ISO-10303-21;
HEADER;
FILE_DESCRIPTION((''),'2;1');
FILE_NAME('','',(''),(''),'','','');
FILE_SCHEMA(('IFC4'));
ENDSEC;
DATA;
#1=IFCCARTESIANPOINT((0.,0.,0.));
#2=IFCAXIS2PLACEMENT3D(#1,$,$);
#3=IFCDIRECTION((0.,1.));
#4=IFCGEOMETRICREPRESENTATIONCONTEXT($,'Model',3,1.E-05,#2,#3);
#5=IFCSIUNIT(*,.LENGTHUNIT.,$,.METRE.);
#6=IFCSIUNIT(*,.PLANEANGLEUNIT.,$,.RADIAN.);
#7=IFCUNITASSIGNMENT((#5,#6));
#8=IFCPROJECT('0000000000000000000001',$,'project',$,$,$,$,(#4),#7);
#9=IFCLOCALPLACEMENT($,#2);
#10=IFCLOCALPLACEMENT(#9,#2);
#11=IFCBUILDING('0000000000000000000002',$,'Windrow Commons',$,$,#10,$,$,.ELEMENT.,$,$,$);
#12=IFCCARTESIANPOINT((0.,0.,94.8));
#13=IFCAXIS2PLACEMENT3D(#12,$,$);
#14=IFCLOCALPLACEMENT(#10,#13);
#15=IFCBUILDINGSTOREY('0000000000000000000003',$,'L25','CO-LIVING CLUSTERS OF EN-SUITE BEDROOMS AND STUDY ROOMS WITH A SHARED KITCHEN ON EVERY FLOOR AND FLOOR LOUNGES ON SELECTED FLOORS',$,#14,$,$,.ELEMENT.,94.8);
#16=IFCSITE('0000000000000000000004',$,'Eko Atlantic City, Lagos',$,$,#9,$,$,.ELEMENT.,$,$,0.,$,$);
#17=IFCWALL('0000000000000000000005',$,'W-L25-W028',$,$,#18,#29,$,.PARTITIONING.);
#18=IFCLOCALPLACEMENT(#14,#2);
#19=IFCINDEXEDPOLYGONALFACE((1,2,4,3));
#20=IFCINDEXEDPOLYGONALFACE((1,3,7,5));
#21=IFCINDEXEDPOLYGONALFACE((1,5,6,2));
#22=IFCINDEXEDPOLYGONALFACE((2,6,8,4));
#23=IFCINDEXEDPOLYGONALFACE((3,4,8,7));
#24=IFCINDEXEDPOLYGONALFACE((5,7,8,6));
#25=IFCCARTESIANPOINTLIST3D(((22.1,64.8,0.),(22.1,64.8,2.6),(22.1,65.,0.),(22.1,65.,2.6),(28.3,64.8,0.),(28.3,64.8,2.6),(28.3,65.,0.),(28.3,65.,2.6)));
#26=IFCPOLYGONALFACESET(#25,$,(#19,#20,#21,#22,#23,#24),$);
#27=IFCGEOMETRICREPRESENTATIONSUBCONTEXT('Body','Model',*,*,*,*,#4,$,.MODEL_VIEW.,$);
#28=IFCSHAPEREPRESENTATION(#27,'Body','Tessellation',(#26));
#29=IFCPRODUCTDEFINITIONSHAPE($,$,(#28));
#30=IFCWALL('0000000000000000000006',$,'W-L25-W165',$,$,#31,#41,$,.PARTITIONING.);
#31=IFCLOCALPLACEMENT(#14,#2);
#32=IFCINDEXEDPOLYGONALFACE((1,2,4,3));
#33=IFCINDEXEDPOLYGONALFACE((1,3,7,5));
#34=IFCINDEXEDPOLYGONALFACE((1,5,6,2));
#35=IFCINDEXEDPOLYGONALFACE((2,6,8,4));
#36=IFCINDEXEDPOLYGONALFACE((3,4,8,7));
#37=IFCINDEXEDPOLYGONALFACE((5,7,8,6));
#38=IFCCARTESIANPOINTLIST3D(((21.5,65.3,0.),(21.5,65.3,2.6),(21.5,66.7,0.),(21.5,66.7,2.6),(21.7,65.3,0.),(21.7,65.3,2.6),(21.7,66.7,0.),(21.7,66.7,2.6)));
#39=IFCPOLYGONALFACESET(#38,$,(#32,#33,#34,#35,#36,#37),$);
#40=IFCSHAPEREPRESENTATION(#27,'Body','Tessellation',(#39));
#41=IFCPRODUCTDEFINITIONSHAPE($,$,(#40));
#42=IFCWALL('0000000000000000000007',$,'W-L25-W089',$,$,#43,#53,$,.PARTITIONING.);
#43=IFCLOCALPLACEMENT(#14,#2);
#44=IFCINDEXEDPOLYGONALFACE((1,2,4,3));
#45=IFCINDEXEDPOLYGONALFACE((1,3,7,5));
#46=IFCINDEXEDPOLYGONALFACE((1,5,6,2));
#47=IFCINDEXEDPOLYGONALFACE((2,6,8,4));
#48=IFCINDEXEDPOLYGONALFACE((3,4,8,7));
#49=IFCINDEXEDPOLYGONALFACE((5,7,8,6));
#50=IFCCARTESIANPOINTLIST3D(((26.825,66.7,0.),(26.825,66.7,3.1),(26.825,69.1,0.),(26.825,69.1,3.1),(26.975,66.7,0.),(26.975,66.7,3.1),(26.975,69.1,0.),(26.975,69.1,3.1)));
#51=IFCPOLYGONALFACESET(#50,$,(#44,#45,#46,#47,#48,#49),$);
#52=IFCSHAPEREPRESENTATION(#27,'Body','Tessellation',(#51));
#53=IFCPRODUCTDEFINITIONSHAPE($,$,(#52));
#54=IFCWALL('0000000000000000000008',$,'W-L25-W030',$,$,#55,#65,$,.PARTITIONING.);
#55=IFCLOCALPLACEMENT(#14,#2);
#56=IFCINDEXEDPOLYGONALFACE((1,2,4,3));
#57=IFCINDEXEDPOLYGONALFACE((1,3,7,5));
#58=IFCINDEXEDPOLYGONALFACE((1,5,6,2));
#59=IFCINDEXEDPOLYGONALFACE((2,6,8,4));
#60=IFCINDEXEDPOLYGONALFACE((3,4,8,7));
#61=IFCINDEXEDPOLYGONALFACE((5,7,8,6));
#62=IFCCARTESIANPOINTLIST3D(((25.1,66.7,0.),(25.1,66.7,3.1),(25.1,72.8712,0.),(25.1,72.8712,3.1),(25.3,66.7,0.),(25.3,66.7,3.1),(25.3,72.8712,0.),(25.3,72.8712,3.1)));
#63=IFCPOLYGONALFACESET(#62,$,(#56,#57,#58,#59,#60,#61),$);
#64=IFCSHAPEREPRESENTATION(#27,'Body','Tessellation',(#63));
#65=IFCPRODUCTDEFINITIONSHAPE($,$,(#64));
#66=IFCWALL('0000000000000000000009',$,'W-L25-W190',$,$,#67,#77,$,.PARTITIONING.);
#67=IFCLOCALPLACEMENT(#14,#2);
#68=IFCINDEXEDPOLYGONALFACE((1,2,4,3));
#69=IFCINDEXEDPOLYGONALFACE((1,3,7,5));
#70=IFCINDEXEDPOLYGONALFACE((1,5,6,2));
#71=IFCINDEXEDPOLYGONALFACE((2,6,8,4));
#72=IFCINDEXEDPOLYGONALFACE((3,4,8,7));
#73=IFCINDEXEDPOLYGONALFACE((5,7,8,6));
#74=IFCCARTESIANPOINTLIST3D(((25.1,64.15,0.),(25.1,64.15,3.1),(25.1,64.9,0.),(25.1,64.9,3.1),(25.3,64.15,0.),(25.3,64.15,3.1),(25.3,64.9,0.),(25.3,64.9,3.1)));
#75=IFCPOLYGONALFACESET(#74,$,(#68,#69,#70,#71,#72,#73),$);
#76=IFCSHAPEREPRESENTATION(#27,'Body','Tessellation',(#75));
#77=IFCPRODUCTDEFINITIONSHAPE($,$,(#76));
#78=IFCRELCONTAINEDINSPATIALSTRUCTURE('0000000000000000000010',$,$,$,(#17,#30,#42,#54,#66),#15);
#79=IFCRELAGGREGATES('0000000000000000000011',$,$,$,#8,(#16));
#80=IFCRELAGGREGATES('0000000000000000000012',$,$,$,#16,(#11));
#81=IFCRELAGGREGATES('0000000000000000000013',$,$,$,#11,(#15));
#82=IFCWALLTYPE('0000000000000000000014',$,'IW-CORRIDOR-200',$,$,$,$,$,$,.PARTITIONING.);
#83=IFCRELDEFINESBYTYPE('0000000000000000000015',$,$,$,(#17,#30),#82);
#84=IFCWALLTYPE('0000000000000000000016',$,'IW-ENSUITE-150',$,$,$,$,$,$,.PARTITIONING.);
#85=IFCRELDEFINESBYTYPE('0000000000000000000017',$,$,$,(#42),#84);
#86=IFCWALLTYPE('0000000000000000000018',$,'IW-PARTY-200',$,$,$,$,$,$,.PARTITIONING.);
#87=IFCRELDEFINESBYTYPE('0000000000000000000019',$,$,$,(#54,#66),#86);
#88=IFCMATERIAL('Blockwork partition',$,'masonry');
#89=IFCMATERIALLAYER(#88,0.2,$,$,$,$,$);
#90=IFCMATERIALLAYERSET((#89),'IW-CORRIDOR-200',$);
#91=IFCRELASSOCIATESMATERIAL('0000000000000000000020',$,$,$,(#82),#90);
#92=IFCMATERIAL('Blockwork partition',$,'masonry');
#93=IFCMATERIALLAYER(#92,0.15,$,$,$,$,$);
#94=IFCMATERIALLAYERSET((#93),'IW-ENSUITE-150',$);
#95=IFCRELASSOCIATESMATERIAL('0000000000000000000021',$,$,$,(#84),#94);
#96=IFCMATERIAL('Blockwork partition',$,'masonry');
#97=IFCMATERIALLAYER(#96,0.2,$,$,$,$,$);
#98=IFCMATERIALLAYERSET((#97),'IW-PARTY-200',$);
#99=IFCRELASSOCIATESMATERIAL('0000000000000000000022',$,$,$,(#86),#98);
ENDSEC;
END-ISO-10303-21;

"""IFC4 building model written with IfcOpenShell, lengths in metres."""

from ifc_helpers import new_model, si_unit, direction, frame, frame_2d, origin, place, context, subcontext, project, spatial, rectangle, extrude, material, layer, layer_set, type_object, element, save


model = new_model("IFC4")

# Units and contexts
model_context = context("Model", 3, precision=1e-05, world=origin(), true_north=direction((0.0, 1.0)))
body_context = subcontext(model_context, "Body", "Model", "MODEL_VIEW")
ifc_project = project(units=[si_unit("LENGTHUNIT", "METRE"), si_unit("PLANEANGLEUNIT", "RADIAN")], contexts=[model_context])

# Site, building, storey
site_placement = place(None, origin())
site = spatial("IfcSite", under=ifc_project, at=site_placement, Name="Eko Atlantic City, Lagos", CompositionType="ELEMENT", RefElevation=0.0)
building_placement = place(site_placement, origin())
building = spatial("IfcBuilding", under=site, at=building_placement, Name="Windrow Commons", CompositionType="ELEMENT")
storey_placement = place(building_placement, frame((0.0, 0.0, 94.8)))
storey = spatial("IfcBuildingStorey", under=building, at=storey_placement, Name="L25", Description="CO-LIVING CLUSTERS OF EN-SUITE BEDROOMS AND STUDY ROOMS WITH A SHARED KITCHEN ON EVERY FLOOR AND FLOOR LOUNGES ON SELECTED FLOORS", CompositionType="ELEMENT", Elevation=94.8)

# Shared definitions
ifc_material_1 = material(Name="Blockwork partition", Category="masonry")
ifc_layer_1 = layer(ifc_material_1, 0.2)
ifc_layer_set_1 = layer_set([ifc_layer_1], Name="IW-CORRIDOR-200")
wall_type_1 = type_object("IfcWallType", Name="IW-CORRIDOR-200", PredefinedType="PARTITIONING", material=ifc_layer_set_1)

# Walls
wall_1_placement = place(storey_placement, frame((22.1, 64.9, 0.0), z_axis=(0.0, 0.0, 1.0), x_axis=(1.0, 0.0, 0.0)))
element("IfcWall", 1, at=wall_1_placement, inside=storey, type_object=wall_type_1, Name="W-L25-W028", PredefinedType="PARTITIONING", context=body_context, shape_type="SweptSolid", body=[
    extrude(rectangle(XDim=6.2, YDim=0.2, at=frame_2d((3.1, 0.0))), origin(), (0.0, 0.0, 1.0), 2.6),
])
wall_2_placement = place(storey_placement, frame((21.6, 65.3, 0.0), z_axis=(0.0, 0.0, 1.0), x_axis=(0.0, 1.0, 0.0)))
element("IfcWall", 2, at=wall_2_placement, inside=storey, type_object=wall_type_1, Name="W-L25-W165", PredefinedType="PARTITIONING", context=body_context, shape_type="SweptSolid", body=[
    extrude(rectangle(XDim=1.4, YDim=0.2, at=frame_2d((0.7, 0.0))), origin(), (0.0, 0.0, 1.0), 2.6),
])
ifc_material_2 = material(Name="Blockwork partition", Category="masonry")
ifc_layer_2 = layer(ifc_material_2, 0.15)
ifc_layer_set_2 = layer_set([ifc_layer_2], Name="IW-ENSUITE-150")
wall_type_2 = type_object("IfcWallType", Name="IW-ENSUITE-150", PredefinedType="PARTITIONING", material=ifc_layer_set_2)
wall_3_placement = place(storey_placement, frame((26.9, 66.7, 0.0), z_axis=(0.0, 0.0, 1.0), x_axis=(0.0, 1.0, 0.0)))
element("IfcWall", 3, at=wall_3_placement, inside=storey, type_object=wall_type_2, Name="W-L25-W089", PredefinedType="PARTITIONING", context=body_context, shape_type="SweptSolid", body=[
    extrude(rectangle(XDim=2.4, YDim=0.15, at=frame_2d((1.2, 0.0))), origin(), (0.0, 0.0, 1.0), 3.1),
])
ifc_material_3 = material(Name="Blockwork partition", Category="masonry")
ifc_layer_3 = layer(ifc_material_3, 0.2)
ifc_layer_set_3 = layer_set([ifc_layer_3], Name="IW-PARTY-200")
wall_type_3 = type_object("IfcWallType", Name="IW-PARTY-200", PredefinedType="PARTITIONING", material=ifc_layer_set_3)
wall_4_placement = place(storey_placement, frame((25.2, 66.7, 0.0), z_axis=(0.0, 0.0, 1.0), x_axis=(0.0, 1.0, 0.0)))
element("IfcWall", 4, at=wall_4_placement, inside=storey, type_object=wall_type_3, Name="W-L25-W030", PredefinedType="PARTITIONING", context=body_context, shape_type="SweptSolid", body=[
    extrude(rectangle(XDim=6.1712, YDim=0.2, at=frame_2d((3.0856, 0.0))), origin(), (0.0, 0.0, 1.0), 3.1),
])
wall_5_placement = place(storey_placement, frame((25.2, 64.15, 0.0), z_axis=(0.0, 0.0, 1.0), x_axis=(0.0, 1.0, 0.0)))
element("IfcWall", 5, at=wall_5_placement, inside=storey, type_object=wall_type_3, Name="W-L25-W190", PredefinedType="PARTITIONING", context=body_context, shape_type="SweptSolid", body=[
    extrude(rectangle(XDim=0.75, YDim=0.2, at=frame_2d((0.375, 0.0))), origin(), (0.0, 0.0, 1.0), 3.1),
])

save(model, "model.ifc")
